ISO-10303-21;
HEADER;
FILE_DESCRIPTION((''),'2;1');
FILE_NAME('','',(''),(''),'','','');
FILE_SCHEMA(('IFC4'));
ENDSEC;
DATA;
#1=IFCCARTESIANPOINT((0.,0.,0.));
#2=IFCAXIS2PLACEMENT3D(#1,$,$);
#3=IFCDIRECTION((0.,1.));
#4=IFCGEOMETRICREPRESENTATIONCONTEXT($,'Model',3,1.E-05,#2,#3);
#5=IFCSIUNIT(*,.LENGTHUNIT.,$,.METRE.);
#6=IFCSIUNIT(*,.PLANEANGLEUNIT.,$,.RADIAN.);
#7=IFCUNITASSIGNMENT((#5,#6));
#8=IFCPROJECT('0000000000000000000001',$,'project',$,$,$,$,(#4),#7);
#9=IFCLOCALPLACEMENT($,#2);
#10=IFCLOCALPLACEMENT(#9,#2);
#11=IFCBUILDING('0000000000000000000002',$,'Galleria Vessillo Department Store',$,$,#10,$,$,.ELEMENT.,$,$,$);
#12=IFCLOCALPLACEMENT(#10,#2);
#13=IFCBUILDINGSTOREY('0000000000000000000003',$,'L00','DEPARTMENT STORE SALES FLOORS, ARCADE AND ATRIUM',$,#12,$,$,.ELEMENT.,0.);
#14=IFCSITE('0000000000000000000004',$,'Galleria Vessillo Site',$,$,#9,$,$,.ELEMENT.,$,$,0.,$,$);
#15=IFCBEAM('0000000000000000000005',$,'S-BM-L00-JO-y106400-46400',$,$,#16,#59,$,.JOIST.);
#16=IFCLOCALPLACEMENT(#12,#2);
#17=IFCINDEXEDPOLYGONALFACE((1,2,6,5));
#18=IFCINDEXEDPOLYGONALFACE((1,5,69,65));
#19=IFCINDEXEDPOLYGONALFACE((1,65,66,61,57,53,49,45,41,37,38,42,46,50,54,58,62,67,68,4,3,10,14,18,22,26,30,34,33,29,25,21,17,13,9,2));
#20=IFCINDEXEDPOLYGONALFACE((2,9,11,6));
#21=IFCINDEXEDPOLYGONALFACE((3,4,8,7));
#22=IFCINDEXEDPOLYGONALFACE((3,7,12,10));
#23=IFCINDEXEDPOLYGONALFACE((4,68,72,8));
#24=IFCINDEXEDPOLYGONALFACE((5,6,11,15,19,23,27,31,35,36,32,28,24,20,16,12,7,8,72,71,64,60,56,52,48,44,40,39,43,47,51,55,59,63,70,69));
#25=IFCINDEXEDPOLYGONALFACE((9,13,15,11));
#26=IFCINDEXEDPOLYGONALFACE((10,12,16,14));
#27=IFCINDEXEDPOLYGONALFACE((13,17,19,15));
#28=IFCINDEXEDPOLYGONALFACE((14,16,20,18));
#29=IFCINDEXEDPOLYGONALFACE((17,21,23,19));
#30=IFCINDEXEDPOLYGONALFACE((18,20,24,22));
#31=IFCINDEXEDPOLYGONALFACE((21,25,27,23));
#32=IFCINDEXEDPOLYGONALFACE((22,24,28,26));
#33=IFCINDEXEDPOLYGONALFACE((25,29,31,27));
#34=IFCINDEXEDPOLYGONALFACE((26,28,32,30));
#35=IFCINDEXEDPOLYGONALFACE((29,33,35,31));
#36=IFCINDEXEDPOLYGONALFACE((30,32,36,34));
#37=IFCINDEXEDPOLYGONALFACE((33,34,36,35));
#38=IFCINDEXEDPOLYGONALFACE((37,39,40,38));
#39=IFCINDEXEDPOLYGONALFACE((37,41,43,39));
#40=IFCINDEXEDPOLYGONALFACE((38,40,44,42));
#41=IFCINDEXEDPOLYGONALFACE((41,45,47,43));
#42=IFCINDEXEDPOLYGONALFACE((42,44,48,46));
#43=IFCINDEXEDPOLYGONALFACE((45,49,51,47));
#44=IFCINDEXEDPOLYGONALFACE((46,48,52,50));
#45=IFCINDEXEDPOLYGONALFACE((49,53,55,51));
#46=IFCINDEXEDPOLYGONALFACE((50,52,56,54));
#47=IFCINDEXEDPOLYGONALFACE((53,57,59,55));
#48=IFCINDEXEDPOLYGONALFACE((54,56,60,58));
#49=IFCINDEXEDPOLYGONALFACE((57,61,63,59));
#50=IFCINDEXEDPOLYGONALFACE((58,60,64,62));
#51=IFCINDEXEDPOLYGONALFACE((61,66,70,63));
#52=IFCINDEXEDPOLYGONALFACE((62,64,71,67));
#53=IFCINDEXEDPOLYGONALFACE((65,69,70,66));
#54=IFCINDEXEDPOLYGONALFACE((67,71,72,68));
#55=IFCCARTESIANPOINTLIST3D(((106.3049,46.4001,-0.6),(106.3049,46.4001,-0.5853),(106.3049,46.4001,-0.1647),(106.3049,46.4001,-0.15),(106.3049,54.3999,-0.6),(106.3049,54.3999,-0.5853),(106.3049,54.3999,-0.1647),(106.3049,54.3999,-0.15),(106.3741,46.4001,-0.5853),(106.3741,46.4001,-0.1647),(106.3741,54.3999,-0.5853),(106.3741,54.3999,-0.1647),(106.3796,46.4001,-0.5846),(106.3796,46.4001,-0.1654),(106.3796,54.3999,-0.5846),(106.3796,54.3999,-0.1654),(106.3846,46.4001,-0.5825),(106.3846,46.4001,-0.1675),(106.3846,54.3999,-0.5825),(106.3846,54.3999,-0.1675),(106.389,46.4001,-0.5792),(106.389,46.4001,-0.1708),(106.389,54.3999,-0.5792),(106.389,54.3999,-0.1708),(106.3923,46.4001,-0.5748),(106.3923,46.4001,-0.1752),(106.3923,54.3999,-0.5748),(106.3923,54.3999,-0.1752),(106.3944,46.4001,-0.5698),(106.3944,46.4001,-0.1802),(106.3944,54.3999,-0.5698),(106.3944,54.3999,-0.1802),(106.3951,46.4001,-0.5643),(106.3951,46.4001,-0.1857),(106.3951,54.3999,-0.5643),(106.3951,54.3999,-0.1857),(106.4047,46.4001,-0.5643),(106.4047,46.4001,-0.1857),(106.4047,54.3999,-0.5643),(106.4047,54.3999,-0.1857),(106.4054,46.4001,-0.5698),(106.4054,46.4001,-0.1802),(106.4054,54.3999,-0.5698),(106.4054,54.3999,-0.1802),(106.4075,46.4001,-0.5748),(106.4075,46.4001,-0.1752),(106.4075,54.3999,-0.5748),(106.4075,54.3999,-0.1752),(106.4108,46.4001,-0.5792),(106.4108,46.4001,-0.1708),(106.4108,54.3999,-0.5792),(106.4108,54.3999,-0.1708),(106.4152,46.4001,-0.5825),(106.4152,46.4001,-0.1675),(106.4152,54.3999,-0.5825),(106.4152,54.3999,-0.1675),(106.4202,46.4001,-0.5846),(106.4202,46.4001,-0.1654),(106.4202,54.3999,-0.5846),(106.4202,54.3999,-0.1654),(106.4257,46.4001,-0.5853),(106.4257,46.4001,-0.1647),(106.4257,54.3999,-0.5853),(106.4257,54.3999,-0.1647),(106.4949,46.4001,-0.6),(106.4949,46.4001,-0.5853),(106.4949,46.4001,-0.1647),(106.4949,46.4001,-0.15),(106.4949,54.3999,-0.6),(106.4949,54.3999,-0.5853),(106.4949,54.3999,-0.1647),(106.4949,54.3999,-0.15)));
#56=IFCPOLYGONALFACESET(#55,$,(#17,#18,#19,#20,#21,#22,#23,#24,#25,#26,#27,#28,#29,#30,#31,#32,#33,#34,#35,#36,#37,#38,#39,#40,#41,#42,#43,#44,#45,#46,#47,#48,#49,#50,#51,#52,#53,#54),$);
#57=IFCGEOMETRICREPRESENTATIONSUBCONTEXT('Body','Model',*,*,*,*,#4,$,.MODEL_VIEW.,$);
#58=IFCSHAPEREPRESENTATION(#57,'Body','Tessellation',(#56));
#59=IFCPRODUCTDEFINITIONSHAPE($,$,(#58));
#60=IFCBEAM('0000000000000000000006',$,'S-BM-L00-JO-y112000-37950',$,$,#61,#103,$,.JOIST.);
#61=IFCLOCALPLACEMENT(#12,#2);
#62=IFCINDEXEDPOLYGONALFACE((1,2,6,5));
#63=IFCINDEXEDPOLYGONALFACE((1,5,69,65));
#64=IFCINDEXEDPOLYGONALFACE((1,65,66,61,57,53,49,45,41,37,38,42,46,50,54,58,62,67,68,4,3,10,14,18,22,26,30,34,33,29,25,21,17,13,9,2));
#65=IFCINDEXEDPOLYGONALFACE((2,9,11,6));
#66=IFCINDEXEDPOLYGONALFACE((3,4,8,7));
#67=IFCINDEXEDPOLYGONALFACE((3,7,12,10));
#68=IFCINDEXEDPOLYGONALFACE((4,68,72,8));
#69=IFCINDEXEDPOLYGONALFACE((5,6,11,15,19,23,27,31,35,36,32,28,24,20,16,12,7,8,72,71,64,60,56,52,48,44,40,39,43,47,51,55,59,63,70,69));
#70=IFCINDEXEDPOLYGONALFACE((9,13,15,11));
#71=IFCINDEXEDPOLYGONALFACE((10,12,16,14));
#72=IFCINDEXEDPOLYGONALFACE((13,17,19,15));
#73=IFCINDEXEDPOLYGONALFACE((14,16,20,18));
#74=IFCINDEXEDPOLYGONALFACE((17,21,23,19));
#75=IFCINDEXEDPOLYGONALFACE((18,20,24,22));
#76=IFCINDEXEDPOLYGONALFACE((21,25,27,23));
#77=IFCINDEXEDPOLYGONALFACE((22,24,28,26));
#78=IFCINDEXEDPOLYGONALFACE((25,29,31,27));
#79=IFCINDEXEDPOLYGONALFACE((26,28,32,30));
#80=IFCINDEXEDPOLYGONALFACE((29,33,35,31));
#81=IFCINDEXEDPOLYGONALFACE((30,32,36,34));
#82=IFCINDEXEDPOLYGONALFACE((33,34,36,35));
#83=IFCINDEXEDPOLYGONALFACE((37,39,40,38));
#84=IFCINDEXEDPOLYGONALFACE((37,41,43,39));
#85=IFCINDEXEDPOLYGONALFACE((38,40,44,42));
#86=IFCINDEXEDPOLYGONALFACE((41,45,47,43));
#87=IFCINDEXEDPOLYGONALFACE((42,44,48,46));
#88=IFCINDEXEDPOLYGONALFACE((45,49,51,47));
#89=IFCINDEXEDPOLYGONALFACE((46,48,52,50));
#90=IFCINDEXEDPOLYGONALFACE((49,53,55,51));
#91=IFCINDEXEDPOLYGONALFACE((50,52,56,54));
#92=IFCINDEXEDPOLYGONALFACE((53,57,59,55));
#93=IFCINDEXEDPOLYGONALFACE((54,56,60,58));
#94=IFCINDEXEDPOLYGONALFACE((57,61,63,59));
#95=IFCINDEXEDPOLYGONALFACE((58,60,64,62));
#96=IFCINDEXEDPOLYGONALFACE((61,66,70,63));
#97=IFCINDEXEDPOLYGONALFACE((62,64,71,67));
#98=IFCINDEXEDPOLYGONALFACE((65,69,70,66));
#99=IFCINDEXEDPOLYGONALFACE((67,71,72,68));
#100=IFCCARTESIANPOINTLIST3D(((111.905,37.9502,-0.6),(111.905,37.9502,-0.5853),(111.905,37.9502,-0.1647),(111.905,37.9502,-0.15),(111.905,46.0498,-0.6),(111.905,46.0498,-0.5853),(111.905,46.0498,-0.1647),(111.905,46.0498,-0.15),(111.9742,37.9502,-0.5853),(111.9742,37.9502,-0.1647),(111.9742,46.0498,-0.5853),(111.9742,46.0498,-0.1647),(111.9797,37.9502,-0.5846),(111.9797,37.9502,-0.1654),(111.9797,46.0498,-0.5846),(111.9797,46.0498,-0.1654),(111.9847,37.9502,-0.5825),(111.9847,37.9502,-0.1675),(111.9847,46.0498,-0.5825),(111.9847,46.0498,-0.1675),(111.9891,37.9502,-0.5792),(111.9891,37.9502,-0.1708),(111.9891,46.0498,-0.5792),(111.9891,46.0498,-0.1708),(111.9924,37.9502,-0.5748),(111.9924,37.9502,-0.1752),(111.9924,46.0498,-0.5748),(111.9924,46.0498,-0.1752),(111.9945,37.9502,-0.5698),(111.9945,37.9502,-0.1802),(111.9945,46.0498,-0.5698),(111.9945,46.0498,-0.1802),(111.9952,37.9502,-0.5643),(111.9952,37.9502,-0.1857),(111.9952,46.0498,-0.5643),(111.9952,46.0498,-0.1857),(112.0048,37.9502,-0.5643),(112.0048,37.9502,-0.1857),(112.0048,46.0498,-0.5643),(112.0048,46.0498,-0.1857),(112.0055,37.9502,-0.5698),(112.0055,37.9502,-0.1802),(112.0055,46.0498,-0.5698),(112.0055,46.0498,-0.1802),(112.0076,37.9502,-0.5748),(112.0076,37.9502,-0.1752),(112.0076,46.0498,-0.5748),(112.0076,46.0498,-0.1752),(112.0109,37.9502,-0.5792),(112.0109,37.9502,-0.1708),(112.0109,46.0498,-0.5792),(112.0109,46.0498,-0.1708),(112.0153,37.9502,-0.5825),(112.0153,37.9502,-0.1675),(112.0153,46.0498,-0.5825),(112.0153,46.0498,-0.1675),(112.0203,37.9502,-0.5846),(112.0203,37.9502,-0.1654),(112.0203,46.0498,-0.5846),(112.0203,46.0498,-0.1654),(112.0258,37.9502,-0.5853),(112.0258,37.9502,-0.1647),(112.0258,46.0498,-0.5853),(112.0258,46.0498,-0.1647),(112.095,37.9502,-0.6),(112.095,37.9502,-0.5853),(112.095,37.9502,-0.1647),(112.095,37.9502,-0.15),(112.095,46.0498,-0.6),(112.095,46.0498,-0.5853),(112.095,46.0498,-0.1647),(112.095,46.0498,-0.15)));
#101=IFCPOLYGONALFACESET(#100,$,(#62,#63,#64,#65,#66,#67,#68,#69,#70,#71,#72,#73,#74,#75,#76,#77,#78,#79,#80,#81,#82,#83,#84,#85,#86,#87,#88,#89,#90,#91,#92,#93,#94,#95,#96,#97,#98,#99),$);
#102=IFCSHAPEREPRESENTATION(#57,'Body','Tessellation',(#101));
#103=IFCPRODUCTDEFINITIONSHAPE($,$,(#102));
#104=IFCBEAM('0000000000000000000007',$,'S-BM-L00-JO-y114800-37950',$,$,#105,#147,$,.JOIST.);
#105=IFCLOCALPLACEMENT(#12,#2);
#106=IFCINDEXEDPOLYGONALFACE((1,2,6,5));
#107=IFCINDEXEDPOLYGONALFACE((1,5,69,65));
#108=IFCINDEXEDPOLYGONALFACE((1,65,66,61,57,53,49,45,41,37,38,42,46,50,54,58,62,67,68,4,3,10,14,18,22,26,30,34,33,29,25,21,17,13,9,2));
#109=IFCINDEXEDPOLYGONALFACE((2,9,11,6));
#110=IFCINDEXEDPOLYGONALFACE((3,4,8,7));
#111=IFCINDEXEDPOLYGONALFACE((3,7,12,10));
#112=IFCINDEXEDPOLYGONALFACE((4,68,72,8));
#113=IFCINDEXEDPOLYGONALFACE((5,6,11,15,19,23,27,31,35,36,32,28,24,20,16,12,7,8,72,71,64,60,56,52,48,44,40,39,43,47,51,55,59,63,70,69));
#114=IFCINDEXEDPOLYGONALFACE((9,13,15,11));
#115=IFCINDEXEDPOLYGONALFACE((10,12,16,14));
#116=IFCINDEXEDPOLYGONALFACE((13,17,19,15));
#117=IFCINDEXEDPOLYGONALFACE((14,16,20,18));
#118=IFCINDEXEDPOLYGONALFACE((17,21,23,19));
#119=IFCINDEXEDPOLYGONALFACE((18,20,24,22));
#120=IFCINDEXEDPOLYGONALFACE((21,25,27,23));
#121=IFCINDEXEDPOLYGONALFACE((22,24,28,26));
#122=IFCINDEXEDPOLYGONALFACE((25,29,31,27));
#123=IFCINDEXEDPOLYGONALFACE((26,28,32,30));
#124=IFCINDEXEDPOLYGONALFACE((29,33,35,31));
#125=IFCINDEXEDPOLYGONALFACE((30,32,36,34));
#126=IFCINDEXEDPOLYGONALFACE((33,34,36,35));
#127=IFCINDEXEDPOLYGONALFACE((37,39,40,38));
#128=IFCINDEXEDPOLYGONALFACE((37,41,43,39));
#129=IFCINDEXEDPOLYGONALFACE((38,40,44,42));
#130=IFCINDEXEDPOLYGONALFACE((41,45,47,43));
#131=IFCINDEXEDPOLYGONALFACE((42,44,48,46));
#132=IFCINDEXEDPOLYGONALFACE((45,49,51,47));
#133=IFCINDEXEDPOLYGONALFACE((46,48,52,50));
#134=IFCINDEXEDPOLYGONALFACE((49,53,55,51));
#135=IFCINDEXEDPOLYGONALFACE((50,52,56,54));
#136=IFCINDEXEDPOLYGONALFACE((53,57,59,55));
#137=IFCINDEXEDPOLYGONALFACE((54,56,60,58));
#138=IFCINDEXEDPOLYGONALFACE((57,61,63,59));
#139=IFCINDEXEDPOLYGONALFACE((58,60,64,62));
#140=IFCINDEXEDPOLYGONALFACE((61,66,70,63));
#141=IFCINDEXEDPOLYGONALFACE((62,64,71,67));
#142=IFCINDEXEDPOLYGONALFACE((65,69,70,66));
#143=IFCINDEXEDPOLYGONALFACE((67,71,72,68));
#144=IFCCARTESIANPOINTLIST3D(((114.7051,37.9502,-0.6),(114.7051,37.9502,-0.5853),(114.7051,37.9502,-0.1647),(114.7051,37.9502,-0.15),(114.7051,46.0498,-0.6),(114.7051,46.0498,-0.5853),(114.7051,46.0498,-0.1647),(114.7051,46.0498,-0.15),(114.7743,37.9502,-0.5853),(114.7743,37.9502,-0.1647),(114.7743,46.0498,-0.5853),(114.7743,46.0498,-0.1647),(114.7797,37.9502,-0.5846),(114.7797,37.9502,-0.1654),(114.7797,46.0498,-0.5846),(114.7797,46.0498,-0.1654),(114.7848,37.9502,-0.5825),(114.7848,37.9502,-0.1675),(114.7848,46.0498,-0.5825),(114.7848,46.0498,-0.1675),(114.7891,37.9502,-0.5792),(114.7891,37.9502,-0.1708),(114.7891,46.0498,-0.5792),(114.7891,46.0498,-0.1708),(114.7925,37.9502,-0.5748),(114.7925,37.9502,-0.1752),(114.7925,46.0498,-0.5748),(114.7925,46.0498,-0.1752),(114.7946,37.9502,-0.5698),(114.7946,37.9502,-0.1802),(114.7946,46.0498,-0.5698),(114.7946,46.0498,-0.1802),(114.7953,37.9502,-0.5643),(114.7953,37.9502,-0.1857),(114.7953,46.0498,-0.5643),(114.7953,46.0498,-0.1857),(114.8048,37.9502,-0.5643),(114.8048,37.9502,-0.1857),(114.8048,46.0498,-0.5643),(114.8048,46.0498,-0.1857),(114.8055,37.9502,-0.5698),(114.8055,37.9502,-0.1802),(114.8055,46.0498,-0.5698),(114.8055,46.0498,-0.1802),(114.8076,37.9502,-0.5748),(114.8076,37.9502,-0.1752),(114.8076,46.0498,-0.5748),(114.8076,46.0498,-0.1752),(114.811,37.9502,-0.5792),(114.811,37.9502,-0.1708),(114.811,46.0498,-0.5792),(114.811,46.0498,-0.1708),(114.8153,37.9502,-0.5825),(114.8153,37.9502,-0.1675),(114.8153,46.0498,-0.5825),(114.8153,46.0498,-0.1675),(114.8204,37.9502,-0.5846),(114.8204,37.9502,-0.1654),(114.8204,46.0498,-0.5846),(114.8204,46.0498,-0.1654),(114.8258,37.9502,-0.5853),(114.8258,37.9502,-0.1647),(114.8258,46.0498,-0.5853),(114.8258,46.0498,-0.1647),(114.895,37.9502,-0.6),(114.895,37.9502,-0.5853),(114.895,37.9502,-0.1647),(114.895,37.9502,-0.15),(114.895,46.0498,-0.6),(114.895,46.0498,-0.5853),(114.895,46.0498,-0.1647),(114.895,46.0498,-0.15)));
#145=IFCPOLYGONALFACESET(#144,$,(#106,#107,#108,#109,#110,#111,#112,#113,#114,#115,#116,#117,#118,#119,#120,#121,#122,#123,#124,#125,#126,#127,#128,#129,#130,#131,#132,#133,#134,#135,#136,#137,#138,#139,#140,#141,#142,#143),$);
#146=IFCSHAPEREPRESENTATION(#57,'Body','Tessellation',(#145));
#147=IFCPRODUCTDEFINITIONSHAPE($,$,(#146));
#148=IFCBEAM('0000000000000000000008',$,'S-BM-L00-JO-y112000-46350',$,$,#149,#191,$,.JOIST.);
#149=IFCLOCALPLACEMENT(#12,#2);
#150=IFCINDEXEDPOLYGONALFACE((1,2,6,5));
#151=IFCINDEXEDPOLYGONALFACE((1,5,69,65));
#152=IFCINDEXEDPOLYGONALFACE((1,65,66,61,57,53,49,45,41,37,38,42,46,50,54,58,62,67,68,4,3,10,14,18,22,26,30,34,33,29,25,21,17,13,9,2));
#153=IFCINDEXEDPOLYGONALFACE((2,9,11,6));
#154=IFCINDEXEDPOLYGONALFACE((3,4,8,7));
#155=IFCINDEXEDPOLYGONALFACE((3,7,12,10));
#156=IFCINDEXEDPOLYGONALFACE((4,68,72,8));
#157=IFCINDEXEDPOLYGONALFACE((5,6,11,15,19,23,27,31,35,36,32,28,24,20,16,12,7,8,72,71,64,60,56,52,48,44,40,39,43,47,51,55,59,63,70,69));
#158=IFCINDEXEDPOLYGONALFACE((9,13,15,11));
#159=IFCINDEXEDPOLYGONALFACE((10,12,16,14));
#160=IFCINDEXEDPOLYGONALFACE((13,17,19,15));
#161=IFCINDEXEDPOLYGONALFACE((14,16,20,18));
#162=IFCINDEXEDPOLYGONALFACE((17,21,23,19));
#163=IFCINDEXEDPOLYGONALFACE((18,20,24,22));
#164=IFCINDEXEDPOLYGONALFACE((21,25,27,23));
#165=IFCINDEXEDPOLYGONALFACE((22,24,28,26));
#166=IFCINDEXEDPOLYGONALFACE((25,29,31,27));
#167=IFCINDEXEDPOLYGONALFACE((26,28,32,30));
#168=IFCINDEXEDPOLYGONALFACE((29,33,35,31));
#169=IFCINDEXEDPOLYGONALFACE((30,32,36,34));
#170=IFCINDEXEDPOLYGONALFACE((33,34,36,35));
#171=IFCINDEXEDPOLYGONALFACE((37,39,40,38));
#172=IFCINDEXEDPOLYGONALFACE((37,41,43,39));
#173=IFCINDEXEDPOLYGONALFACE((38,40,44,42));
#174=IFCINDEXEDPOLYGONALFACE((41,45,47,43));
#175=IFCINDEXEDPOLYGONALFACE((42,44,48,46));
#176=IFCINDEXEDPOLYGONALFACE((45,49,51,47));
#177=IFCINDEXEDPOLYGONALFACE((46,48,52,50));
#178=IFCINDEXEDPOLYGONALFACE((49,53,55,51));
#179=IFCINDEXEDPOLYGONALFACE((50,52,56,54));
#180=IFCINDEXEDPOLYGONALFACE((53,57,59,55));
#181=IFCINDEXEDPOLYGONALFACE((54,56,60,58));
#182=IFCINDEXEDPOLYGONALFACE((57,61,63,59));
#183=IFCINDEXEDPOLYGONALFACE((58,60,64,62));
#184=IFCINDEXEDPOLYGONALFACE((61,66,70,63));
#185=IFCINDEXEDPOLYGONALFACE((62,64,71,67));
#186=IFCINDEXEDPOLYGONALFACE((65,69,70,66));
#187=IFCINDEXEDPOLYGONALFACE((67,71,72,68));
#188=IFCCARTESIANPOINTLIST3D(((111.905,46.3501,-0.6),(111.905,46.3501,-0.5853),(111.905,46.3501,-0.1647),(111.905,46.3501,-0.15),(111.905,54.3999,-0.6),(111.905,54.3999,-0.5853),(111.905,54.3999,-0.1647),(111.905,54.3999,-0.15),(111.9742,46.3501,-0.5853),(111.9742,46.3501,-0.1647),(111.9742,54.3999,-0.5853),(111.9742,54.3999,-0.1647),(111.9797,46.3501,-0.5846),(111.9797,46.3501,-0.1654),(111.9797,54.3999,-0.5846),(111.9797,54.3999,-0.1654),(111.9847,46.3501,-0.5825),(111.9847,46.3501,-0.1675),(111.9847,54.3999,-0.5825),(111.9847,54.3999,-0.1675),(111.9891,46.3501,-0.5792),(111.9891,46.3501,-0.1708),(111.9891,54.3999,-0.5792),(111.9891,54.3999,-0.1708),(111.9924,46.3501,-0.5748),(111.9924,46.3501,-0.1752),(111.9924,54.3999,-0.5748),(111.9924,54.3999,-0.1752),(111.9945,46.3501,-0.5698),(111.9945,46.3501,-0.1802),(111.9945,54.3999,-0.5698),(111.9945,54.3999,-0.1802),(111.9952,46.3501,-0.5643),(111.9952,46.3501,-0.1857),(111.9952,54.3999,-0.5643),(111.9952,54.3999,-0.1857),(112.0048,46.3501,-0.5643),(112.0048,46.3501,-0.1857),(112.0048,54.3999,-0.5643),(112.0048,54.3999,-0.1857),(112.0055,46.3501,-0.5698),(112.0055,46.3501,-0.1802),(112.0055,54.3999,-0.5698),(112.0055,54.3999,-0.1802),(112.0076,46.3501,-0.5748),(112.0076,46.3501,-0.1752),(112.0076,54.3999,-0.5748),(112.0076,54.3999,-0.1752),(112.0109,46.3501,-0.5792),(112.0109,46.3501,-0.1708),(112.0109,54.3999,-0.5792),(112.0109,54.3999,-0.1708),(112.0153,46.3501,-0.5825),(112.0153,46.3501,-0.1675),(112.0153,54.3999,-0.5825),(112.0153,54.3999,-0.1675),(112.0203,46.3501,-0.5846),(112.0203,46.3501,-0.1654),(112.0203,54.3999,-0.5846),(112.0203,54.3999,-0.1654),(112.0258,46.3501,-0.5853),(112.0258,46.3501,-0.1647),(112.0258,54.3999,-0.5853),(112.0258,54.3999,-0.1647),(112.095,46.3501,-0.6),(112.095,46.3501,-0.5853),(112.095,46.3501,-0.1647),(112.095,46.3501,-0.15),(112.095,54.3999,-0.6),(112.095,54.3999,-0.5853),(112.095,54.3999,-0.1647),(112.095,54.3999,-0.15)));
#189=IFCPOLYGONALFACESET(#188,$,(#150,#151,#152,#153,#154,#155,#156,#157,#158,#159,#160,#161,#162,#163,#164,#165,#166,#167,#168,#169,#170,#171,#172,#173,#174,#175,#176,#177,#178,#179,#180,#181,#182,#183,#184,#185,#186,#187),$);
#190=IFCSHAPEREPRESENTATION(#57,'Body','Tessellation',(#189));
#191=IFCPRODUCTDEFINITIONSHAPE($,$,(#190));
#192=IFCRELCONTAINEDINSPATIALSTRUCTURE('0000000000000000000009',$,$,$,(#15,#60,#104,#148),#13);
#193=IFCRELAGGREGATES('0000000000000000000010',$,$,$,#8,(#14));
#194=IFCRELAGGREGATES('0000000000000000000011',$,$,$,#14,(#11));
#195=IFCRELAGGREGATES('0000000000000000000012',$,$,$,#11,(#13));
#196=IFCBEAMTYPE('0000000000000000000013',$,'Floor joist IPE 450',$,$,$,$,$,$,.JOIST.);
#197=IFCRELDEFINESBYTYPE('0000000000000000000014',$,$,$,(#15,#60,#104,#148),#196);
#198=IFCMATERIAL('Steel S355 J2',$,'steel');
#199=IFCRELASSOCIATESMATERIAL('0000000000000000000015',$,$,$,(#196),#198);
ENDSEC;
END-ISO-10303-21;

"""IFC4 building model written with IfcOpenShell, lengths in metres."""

from ifc_helpers import new_model, si_unit, direction, frame, origin, origin_2d, place, context, subcontext, project, spatial, i_section, extrude, material, material_profile, profile_set, type_object, element, save


model = new_model("IFC4")

# Units and contexts
model_context = context("Model", 3, precision=1e-05, world=origin(), true_north=direction((0.0, 1.0)))
body_context = subcontext(model_context, "Body", "Model", "MODEL_VIEW")
ifc_project = project(units=[si_unit("LENGTHUNIT", "METRE"), si_unit("PLANEANGLEUNIT", "RADIAN")], contexts=[model_context])

# Site, building, storey
site_placement = place(None, origin())
site = spatial("IfcSite", under=ifc_project, at=site_placement, Name="Galleria Vessillo Site", CompositionType="ELEMENT", RefElevation=0.0)
building_placement = place(site_placement, origin())
building = spatial("IfcBuilding", under=site, at=building_placement, Name="Galleria Vessillo Department Store", CompositionType="ELEMENT")
storey_placement = place(building_placement, origin())
storey = spatial("IfcBuildingStorey", under=building, at=storey_placement, Name="L00", Description="DEPARTMENT STORE SALES FLOORS, ARCADE AND ATRIUM", CompositionType="ELEMENT", Elevation=0.0)

# Beams
ifc_material_1 = material(Name="Steel S355 J2", Category="steel")
ifc_material_profile_1 = material_profile(ifc_material_1, i_section(OverallWidth=0.1899, OverallDepth=0.45, WebThickness=0.0095, FlangeThickness=0.0146, FilletRadius=0.021, at=origin_2d()), Name="IPE 450")
ifc_profile_set_1 = profile_set([ifc_material_profile_1], Name="Steel S355 J2")
beam_type_1 = type_object("IfcBeamType", Name="Floor joist IPE 450", PredefinedType="JOIST", material=ifc_profile_set_1)
beam_1_placement = place(storey_placement, frame((106.3999, 46.4001, -0.375), z_axis=(0.0, 1.0, 0.0), x_axis=(-1.0, 0.0, 0.0)))
element("IfcBeam", 1, at=beam_1_placement, inside=storey, type_object=beam_type_1, Name="S-BM-L00-JO-y106400-46400", PredefinedType="JOIST", context=body_context, shape_type="SweptSolid", body=[
    extrude(i_section(OverallWidth=0.1899, OverallDepth=0.45, WebThickness=0.0095, FlangeThickness=0.0146, FilletRadius=0.021, at=origin_2d()), origin(), (0.0, 0.0, 1.0), 7.9998),
])
for number, where, z_axis, x_axis, name in (
    (2, (112.0, 37.9502, -0.375), (0.0, 1.0, 0.0), (-1.0, 0.0, 0.0), "S-BM-L00-JO-y112000-37950"),
    (3, (114.8, 37.9502, -0.375), (0.0, 1.0, 0.0), (-1.0, 0.0, 0.0), "S-BM-L00-JO-y114800-37950"),
):
    element("IfcBeam", number, at=place(storey_placement, frame(where, z_axis=z_axis, x_axis=x_axis)), inside=storey, type_object=beam_type_1, Name=name, PredefinedType="JOIST", context=body_context, shape_type="SweptSolid", body=[
        extrude(i_section(OverallWidth=0.1899, OverallDepth=0.45, WebThickness=0.0095, FlangeThickness=0.0146, FilletRadius=0.021, at=origin_2d()), origin(), (0.0, 0.0, 1.0), 8.0996),
    ])
for number, where, z_axis, x_axis, name in (
    (4, (112.0, 46.3501, -0.375), (0.0, 1.0, 0.0), (-1.0, 0.0, 0.0), "S-BM-L00-JO-y112000-46350"),
):
    element("IfcBeam", number, at=place(storey_placement, frame(where, z_axis=z_axis, x_axis=x_axis)), inside=storey, type_object=beam_type_1, Name=name, PredefinedType="JOIST", context=body_context, shape_type="SweptSolid", body=[
        extrude(i_section(OverallWidth=0.1899, OverallDepth=0.45, WebThickness=0.0095, FlangeThickness=0.0146, FilletRadius=0.021, at=origin_2d()), origin(), (0.0, 0.0, 1.0), 8.0498),
    ])

save(model, "model.ifc")
